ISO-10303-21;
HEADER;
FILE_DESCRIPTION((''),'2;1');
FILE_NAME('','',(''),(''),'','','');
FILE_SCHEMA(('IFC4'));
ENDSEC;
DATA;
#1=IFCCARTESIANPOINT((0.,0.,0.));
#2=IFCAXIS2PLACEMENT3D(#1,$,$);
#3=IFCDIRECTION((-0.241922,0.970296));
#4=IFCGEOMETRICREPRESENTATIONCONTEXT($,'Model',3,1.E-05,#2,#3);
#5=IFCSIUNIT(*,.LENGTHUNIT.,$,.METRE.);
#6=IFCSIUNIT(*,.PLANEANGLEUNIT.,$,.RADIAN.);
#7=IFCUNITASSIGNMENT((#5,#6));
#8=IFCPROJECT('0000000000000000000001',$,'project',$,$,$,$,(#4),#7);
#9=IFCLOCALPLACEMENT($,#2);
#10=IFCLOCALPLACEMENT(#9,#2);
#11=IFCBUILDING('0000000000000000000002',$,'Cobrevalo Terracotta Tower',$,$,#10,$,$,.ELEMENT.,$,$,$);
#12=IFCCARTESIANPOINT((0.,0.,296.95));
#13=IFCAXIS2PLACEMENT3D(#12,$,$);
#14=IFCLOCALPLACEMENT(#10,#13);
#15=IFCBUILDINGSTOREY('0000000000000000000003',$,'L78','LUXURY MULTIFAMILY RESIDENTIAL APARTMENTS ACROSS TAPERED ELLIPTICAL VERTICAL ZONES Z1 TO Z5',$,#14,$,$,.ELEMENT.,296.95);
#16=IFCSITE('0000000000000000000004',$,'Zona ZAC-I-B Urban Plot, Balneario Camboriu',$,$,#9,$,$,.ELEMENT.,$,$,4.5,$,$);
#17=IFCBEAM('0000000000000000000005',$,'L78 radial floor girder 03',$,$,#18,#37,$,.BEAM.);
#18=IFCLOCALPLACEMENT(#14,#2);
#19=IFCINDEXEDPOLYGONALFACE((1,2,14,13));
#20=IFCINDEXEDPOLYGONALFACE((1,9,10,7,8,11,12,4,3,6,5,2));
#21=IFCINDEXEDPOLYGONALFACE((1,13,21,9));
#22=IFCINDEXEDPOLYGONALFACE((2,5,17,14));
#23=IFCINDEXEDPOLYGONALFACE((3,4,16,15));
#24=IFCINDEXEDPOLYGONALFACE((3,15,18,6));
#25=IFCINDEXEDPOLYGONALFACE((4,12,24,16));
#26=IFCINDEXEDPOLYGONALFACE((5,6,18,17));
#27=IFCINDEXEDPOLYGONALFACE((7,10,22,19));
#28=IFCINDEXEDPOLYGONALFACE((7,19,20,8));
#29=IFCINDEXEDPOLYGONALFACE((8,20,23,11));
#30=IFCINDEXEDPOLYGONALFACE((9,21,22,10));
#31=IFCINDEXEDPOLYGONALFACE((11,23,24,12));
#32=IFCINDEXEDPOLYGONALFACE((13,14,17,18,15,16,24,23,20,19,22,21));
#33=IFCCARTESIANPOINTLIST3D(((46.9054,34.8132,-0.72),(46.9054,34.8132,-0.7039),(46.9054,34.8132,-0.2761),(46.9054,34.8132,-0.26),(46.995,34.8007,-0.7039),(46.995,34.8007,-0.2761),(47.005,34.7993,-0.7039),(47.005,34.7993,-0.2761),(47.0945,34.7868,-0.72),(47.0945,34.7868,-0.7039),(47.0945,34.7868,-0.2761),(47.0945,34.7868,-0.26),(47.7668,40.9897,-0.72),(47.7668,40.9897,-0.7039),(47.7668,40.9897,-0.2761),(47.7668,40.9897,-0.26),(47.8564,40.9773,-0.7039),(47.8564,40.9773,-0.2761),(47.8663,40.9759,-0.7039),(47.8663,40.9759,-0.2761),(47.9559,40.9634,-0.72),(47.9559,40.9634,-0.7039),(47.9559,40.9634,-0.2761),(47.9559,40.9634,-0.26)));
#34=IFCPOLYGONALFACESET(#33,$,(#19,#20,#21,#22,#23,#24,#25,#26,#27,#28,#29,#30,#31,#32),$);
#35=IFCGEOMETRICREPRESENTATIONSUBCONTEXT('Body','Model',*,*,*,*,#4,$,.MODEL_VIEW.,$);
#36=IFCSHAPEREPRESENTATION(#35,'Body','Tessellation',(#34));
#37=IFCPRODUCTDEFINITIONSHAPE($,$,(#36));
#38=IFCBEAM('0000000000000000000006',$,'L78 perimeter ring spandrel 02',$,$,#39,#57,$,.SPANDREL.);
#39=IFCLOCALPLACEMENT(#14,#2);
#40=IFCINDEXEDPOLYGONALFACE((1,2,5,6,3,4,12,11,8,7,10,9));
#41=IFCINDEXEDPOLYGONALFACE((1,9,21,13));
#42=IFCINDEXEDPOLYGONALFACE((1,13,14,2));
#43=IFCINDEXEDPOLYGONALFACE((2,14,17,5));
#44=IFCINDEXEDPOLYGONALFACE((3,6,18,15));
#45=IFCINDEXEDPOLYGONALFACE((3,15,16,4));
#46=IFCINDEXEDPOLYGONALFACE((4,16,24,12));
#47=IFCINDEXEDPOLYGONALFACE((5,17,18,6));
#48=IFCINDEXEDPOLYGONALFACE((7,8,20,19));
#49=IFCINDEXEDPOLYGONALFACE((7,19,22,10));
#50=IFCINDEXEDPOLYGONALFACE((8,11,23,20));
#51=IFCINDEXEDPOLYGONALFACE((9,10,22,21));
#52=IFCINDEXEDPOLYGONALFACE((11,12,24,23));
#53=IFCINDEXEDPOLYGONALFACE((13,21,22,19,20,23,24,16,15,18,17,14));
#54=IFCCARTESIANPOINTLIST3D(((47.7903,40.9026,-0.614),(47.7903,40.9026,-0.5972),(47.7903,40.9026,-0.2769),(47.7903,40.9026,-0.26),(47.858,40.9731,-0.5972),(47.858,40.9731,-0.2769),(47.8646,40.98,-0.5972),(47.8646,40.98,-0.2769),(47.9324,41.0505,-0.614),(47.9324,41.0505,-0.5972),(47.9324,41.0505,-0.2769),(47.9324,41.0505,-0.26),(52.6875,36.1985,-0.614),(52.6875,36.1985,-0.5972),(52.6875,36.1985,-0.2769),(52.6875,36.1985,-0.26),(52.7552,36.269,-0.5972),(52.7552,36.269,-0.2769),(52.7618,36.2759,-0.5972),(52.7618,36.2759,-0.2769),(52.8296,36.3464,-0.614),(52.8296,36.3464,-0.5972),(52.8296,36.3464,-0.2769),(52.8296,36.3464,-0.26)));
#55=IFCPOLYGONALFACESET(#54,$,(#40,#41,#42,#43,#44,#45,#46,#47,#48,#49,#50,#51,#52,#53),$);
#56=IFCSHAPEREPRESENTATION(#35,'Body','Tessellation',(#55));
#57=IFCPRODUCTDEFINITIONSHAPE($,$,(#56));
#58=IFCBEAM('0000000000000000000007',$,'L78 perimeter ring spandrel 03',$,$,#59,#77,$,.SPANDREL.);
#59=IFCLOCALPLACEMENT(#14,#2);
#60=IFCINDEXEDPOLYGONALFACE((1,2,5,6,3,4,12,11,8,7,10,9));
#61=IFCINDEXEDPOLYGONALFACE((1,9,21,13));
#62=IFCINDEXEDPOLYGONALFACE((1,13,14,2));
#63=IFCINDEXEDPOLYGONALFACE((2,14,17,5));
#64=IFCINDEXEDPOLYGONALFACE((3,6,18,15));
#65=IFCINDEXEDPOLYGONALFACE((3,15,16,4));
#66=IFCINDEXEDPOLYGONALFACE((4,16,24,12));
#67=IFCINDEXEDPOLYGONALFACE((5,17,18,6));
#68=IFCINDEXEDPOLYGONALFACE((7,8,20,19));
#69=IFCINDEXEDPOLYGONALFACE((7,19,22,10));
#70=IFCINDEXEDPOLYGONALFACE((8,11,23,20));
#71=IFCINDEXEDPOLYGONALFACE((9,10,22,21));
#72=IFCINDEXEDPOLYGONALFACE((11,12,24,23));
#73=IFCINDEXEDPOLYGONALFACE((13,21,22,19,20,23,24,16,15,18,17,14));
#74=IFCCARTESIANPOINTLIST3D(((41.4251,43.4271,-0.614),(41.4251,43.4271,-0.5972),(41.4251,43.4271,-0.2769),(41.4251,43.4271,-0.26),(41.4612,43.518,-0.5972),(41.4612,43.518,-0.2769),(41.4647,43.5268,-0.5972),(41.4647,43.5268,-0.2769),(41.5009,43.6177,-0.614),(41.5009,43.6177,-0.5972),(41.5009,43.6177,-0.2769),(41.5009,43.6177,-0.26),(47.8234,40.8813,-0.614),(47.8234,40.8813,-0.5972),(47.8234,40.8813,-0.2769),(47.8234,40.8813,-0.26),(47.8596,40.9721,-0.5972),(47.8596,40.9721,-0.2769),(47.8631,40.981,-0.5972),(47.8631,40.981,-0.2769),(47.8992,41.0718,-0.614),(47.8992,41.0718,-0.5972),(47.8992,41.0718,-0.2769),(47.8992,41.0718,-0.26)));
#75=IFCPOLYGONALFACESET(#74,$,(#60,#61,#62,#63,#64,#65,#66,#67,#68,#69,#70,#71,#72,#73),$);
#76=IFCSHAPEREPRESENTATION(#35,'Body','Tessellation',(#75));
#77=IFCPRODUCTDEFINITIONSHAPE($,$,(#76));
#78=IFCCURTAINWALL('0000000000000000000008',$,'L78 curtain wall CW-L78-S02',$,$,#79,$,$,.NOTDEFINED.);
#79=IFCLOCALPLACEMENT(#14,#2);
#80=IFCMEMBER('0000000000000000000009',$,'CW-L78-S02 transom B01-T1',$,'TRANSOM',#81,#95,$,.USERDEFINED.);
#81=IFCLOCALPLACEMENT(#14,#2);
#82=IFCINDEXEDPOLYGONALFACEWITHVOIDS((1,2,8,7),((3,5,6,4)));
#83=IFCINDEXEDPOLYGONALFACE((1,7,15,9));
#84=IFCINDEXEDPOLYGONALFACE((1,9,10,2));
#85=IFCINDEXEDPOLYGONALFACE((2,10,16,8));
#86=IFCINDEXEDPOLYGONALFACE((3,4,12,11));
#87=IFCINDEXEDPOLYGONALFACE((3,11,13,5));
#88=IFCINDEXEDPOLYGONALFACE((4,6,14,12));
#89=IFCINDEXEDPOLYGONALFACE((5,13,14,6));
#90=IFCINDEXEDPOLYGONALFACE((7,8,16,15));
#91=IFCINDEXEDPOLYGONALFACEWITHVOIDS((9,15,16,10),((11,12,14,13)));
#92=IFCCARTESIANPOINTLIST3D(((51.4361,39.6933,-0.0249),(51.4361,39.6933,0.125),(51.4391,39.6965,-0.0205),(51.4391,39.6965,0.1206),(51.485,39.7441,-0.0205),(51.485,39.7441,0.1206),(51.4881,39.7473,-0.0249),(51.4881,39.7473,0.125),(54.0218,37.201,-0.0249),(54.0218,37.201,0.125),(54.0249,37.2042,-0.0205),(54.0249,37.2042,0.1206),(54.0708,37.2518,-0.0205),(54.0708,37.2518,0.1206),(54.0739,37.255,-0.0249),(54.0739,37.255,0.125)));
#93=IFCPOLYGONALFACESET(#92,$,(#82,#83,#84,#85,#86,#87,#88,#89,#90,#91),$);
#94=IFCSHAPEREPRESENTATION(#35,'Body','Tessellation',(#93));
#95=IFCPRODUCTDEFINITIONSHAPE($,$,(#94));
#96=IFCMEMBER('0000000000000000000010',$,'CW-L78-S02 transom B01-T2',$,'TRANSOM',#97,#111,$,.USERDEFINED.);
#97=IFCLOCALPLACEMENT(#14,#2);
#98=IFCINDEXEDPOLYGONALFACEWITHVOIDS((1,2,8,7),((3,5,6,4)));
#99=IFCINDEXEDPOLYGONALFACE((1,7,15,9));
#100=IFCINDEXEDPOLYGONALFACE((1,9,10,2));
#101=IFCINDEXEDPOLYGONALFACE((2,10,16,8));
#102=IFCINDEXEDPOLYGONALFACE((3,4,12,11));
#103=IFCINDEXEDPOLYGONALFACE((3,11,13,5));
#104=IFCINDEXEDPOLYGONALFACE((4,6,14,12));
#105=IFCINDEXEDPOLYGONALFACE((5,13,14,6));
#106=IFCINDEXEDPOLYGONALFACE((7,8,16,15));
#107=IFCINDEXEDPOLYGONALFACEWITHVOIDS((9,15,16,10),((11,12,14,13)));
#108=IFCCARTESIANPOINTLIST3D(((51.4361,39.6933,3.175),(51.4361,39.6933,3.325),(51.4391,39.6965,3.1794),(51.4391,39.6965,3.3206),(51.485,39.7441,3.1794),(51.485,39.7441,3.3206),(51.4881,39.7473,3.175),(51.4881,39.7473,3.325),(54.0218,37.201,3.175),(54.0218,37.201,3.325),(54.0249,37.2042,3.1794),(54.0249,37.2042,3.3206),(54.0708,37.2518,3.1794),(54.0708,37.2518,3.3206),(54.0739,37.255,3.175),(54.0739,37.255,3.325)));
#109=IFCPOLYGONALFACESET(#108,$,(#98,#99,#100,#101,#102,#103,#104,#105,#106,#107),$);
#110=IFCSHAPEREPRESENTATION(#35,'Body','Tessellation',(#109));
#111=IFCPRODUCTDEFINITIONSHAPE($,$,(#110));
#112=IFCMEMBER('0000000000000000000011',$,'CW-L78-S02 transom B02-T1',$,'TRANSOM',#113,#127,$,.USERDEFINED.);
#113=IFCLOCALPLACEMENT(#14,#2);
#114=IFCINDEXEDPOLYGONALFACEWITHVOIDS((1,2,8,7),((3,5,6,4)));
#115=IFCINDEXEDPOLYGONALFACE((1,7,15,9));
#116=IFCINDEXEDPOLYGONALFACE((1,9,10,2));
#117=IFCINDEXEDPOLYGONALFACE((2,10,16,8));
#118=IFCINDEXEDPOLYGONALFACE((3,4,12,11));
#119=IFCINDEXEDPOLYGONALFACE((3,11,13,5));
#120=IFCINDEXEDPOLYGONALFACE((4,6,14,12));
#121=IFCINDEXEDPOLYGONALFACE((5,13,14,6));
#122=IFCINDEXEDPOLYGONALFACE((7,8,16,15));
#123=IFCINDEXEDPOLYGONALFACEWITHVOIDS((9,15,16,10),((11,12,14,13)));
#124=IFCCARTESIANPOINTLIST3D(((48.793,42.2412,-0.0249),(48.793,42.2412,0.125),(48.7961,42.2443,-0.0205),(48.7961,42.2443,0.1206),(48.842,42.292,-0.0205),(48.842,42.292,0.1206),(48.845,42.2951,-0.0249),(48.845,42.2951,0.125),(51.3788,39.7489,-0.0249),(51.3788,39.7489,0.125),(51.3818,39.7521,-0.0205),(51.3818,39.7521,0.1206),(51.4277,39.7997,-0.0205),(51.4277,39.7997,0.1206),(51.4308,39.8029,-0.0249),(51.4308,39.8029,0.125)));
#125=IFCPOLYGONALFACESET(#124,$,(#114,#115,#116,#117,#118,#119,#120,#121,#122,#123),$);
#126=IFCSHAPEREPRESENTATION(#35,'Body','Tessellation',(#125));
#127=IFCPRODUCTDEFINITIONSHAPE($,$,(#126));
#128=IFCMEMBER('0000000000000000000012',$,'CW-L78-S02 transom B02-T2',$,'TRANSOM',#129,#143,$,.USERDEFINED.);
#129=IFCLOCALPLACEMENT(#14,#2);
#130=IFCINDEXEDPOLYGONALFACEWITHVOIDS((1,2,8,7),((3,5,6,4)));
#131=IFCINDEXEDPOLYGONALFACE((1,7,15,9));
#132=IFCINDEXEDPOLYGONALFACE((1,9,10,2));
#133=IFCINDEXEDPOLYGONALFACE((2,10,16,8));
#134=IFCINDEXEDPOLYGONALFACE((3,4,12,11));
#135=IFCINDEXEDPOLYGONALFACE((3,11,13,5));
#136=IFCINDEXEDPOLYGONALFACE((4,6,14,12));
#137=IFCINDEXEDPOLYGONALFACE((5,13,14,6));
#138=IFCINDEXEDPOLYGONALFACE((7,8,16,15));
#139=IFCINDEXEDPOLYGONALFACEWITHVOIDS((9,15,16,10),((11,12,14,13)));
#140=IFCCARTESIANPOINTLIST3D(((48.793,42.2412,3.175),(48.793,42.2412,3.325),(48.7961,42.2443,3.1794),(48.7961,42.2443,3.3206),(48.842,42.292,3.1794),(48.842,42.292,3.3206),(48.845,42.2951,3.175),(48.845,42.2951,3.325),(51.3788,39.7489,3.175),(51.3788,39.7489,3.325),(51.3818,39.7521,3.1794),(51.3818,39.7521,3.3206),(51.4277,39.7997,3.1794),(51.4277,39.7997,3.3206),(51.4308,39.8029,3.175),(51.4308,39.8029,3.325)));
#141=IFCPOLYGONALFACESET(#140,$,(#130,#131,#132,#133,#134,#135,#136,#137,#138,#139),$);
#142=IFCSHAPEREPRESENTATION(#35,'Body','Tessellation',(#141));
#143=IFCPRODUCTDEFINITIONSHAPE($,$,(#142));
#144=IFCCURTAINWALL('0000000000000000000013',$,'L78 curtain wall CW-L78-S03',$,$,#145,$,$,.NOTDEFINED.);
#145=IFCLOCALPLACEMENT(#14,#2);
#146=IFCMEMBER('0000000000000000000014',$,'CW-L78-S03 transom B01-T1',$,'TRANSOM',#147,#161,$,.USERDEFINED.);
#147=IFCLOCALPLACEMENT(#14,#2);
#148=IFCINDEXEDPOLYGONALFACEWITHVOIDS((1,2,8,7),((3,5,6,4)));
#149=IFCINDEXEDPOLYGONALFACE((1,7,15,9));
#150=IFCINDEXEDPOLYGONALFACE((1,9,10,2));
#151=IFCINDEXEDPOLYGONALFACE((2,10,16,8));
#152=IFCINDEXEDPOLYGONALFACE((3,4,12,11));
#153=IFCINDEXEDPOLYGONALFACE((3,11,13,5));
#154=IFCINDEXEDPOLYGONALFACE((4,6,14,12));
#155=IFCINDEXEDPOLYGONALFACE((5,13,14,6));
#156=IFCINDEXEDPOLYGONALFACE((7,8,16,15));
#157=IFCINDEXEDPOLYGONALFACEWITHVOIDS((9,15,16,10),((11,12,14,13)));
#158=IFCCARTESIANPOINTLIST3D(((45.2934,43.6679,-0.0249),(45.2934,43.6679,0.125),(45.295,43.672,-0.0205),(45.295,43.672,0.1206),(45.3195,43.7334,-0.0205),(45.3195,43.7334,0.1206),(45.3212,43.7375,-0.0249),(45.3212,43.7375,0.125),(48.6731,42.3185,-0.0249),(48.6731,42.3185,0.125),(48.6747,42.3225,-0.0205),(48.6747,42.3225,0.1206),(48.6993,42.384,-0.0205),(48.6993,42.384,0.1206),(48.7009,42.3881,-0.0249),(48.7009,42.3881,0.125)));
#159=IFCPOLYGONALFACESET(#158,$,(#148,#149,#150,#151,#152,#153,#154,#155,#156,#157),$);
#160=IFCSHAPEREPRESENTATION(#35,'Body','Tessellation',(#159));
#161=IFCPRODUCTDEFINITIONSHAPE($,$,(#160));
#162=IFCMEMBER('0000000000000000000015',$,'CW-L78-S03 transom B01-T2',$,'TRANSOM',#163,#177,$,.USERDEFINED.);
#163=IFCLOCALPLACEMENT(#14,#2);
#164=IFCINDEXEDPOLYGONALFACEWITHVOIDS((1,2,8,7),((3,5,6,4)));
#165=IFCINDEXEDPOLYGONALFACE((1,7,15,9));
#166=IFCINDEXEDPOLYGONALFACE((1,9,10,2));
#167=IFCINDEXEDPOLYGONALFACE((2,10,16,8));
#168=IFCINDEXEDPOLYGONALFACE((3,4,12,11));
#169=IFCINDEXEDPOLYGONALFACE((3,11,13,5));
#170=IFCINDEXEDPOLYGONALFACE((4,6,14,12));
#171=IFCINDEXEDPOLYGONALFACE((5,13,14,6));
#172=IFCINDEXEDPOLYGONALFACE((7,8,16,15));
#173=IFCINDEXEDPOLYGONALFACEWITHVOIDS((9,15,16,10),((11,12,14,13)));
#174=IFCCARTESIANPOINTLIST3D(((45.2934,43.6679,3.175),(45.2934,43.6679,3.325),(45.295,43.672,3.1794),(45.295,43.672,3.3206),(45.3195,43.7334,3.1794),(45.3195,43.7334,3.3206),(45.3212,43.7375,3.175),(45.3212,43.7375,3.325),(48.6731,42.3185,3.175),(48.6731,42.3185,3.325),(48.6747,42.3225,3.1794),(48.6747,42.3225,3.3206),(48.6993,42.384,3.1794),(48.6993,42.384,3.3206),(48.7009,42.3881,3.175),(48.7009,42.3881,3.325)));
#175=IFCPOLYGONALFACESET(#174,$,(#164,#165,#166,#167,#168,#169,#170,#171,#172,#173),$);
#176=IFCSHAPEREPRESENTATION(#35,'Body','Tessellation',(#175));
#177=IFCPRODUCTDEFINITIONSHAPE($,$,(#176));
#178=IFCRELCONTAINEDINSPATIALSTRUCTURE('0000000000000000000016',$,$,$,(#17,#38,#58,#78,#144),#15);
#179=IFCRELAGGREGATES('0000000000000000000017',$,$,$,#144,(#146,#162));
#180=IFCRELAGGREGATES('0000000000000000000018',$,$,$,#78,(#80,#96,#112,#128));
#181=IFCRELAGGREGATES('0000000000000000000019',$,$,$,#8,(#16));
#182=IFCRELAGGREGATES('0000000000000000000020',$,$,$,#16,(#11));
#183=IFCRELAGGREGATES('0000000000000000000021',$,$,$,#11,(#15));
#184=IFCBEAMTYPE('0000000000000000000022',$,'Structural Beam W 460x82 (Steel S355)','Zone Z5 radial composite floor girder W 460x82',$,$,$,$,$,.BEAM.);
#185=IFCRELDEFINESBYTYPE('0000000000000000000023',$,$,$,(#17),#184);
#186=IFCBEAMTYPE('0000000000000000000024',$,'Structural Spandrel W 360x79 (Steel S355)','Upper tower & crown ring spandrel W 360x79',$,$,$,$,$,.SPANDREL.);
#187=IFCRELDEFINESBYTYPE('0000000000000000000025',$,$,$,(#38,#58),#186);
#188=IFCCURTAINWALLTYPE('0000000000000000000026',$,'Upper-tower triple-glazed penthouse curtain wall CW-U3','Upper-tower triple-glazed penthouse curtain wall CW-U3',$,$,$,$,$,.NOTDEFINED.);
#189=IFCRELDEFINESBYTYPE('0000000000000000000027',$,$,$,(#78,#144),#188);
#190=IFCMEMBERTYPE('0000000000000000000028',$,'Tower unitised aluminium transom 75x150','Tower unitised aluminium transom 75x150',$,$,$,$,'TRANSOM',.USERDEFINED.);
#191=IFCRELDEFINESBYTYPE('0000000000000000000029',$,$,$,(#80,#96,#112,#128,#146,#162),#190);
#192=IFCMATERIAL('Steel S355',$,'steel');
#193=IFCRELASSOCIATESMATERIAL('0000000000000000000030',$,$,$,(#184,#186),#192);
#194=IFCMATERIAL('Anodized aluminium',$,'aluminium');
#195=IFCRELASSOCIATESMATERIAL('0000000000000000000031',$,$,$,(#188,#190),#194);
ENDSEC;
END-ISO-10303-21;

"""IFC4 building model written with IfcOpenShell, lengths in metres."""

from ifc_helpers import new_model, si_unit, direction, frame, origin, origin_2d, place, context, subcontext, project, spatial, hollow_rectangle, i_section, extrude, source, transform, mapped, material, material_profile, profile_set, type_object, element, aggregate, save


model = new_model("IFC4")

# Units and contexts
model_context = context("Model", 3, precision=1e-05, world=origin(), true_north=direction((-0.241922, 0.970296)))
body_context = subcontext(model_context, "Body", "Model", "MODEL_VIEW")
ifc_project = project(units=[si_unit("LENGTHUNIT", "METRE"), si_unit("PLANEANGLEUNIT", "RADIAN")], contexts=[model_context])

# Site, building, storey
site_placement = place(None, origin())
site = spatial("IfcSite", under=ifc_project, at=site_placement, Name="Zona ZAC-I-B Urban Plot, Balneario Camboriu", CompositionType="ELEMENT", RefElevation=4.5)
building_placement = place(site_placement, origin())
building = spatial("IfcBuilding", under=site, at=building_placement, Name="Cobrevalo Terracotta Tower", CompositionType="ELEMENT")
storey_placement = place(building_placement, frame((0.0, 0.0, 296.95)))
storey = spatial("IfcBuildingStorey", under=building, at=storey_placement, Name="L78", Description="LUXURY MULTIFAMILY RESIDENTIAL APARTMENTS ACROSS TAPERED ELLIPTICAL VERTICAL ZONES Z1 TO Z5", CompositionType="ELEMENT", Elevation=296.95)

# Shared definitions
ifc_material_1 = material(Name="Steel S355", Category="steel")

# Beams
ifc_material_profile_1 = material_profile(ifc_material_1, i_section(OverallWidth=0.1909, OverallDepth=0.46, WebThickness=0.01, FlangeThickness=0.0161, at=origin_2d()), Name="W 460x82")
ifc_profile_set_1 = profile_set([ifc_material_profile_1], Name="Steel S355")
beam_type_1 = type_object("IfcBeamType", Name="Structural Beam W 460x82 (Steel S355)", Description="Zone Z5 radial composite floor girder W 460x82", PredefinedType="BEAM", material=ifc_profile_set_1)
beam_1_placement = place(storey_placement, frame((47.8613, 40.9766, -0.49), z_axis=(-0.138116, -0.990416, 0.0), x_axis=(0.990416, -0.138116, 0.0)))
element("IfcBeam", 1, at=beam_1_placement, inside=storey, type_object=beam_type_1, Name="L78 radial floor girder 03", PredefinedType="BEAM", context=body_context, shape_type="SweptSolid", body=[
    extrude(i_section(OverallWidth=0.1909, OverallDepth=0.46, WebThickness=0.01, FlangeThickness=0.0161, at=origin_2d()), origin(), (0.0, 0.0, 1.0), 6.2363),
])
ifc_material_profile_2 = material_profile(ifc_material_1, i_section(OverallWidth=0.2051, OverallDepth=0.354, WebThickness=0.0095, FlangeThickness=0.0168, at=origin_2d()), Name="W 360x79")
ifc_profile_set_2 = profile_set([ifc_material_profile_2], Name="Steel S355")
beam_type_2 = type_object("IfcBeamType", Name="Structural Spandrel W 360x79 (Steel S355)", Description="Upper tower & crown ring spandrel W 360x79", PredefinedType="SPANDREL", material=ifc_profile_set_2)
beam_2_placement = place(storey_placement, frame((52.7585, 36.2725, -0.437), z_axis=(-0.721183, 0.692744, 0.0), x_axis=(-0.692744, -0.721183, 0.0)))
element("IfcBeam", 2, at=beam_2_placement, inside=storey, type_object=beam_type_2, Name="L78 perimeter ring spandrel 02", PredefinedType="SPANDREL", context=body_context, shape_type="SweptSolid", body=[
    extrude(i_section(OverallWidth=0.2051, OverallDepth=0.354, WebThickness=0.0095, FlangeThickness=0.0168, at=origin_2d()), origin(), (0.0, 0.0, 1.0), 6.7905),
])
beam_3_placement = place(storey_placement, frame((47.8613, 40.9766, -0.437), z_axis=(-0.92915, 0.369703, 0.0), x_axis=(-0.369703, -0.92915, 0.0)))
element("IfcBeam", 3, at=beam_3_placement, inside=storey, type_object=beam_type_2, Name="L78 perimeter ring spandrel 03", PredefinedType="SPANDREL", context=body_context, shape_type="SweptSolid", body=[
    extrude(i_section(OverallWidth=0.2051, OverallDepth=0.354, WebThickness=0.0095, FlangeThickness=0.0168, at=origin_2d()), origin(), (0.0, 0.0, 1.0), 6.8862),
])

# Curtain walls, members
ifc_material_2 = material(Name="Anodized aluminium", Category="aluminium")
curtain_wall_type = type_object("IfcCurtainWallType", Name="Upper-tower triple-glazed penthouse curtain wall CW-U3", Description="Upper-tower triple-glazed penthouse curtain wall CW-U3", PredefinedType="NOTDEFINED", material=ifc_material_2)
curtain_wall_1_placement = place(storey_placement, origin())
curtain_wall_1 = element("IfcCurtainWall", 4, at=curtain_wall_1_placement, inside=storey, type_object=curtain_wall_type, Name="L78 curtain wall CW-L78-S02", PredefinedType="NOTDEFINED")
ifc_material_profile_3 = material_profile(ifc_material_2, hollow_rectangle(XDim=0.075, YDim=0.1499, WallThickness=0.0044, at=origin_2d()), Name="CWT 75x150")
ifc_profile_set_3 = profile_set([ifc_material_profile_3], Name="Anodized aluminium")
member_type_1 = type_object("IfcMemberType", Name="Tower unitised aluminium transom 75x150", Description="Tower unitised aluminium transom 75x150", ElementType="TRANSOM", PredefinedType="USERDEFINED", material=ifc_profile_set_3)
shared_shape_1 = source(origin(), body_context, "Body", "SweptSolid", [
    extrude(hollow_rectangle(XDim=0.075, YDim=0.1499, WallThickness=0.0044, at=origin_2d()), origin(), (0.0, 0.0, 1.0), 3.5913),
])
member_1_placement = place(storey_placement, frame((54.0479, 37.228, 0.05), z_axis=(-0.720006, 0.693968, 0.0), x_axis=(-0.693968, -0.720006, 0.0)))
member_1 = element("IfcMember", 5, at=member_1_placement, type_object=member_type_1, Name="CW-L78-S02 transom B01-T1", ObjectType="TRANSOM", PredefinedType="USERDEFINED", context=body_context, shape_type="MappedRepresentation", body=[
    mapped(shared_shape_1, transform((0.0, 0.0, 0.0), scale=1.0)),
])
member_2_placement = place(storey_placement, frame((54.0479, 37.228, 3.25), z_axis=(-0.720006, 0.693968, 0.0), x_axis=(-0.693968, -0.720006, 0.0)))
member_2 = element("IfcMember", 6, at=member_2_placement, type_object=member_type_1, Name="CW-L78-S02 transom B01-T2", ObjectType="TRANSOM", PredefinedType="USERDEFINED", context=body_context, shape_type="MappedRepresentation", body=[
    mapped(shared_shape_1, transform((0.0, 0.0, 0.0), scale=1.0)),
])
member_3_placement = place(storey_placement, frame((51.4048, 39.7759, 0.05), z_axis=(-0.720006, 0.693968, 0.0), x_axis=(-0.693968, -0.720006, 0.0)))
member_3 = element("IfcMember", 7, at=member_3_placement, type_object=member_type_1, Name="CW-L78-S02 transom B02-T1", ObjectType="TRANSOM", PredefinedType="USERDEFINED", context=body_context, shape_type="MappedRepresentation", body=[
    mapped(shared_shape_1, transform((0.0, 0.0, 0.0), scale=1.0)),
])
member_4_placement = place(storey_placement, frame((51.4048, 39.7759, 3.25), z_axis=(-0.720006, 0.693968, 0.0), x_axis=(-0.693968, -0.720006, 0.0)))
member_4 = element("IfcMember", 8, at=member_4_placement, type_object=member_type_1, Name="CW-L78-S02 transom B02-T2", ObjectType="TRANSOM", PredefinedType="USERDEFINED", context=body_context, shape_type="MappedRepresentation", body=[
    mapped(shared_shape_1, transform((0.0, 0.0, 0.0), scale=1.0)),
])
curtain_wall_2_placement = place(storey_placement, origin())
curtain_wall_2 = element("IfcCurtainWall", 9, at=curtain_wall_2_placement, inside=storey, type_object=curtain_wall_type, Name="L78 curtain wall CW-L78-S03", PredefinedType="NOTDEFINED")
shared_shape_2 = source(origin(), body_context, "Body", "SweptSolid", [
    extrude(hollow_rectangle(XDim=0.075, YDim=0.1499, WallThickness=0.0044, at=origin_2d()), origin(), (0.0, 0.0, 1.0), 3.6392),
])
member_5_placement = place(storey_placement, frame((48.687, 42.3533, 0.05), z_axis=(-0.928712, 0.370801, 0.0), x_axis=(-0.370801, -0.928712, 0.0)))
member_5 = element("IfcMember", 10, at=member_5_placement, type_object=member_type_1, Name="CW-L78-S03 transom B01-T1", ObjectType="TRANSOM", PredefinedType="USERDEFINED", context=body_context, shape_type="MappedRepresentation", body=[
    mapped(shared_shape_2, transform((0.0, 0.0, 0.0), scale=1.0)),
])
member_6_placement = place(storey_placement, frame((48.687, 42.3533, 3.25), z_axis=(-0.928712, 0.370801, 0.0), x_axis=(-0.370801, -0.928712, 0.0)))
member_6 = element("IfcMember", 11, at=member_6_placement, type_object=member_type_1, Name="CW-L78-S03 transom B01-T2", ObjectType="TRANSOM", PredefinedType="USERDEFINED", context=body_context, shape_type="MappedRepresentation", body=[
    mapped(shared_shape_2, transform((0.0, 0.0, 0.0), scale=1.0)),
])

aggregate(curtain_wall_2, [member_5, member_6])

aggregate(curtain_wall_1, [member_1, member_2, member_3, member_4])

save(model, "model.ifc")
